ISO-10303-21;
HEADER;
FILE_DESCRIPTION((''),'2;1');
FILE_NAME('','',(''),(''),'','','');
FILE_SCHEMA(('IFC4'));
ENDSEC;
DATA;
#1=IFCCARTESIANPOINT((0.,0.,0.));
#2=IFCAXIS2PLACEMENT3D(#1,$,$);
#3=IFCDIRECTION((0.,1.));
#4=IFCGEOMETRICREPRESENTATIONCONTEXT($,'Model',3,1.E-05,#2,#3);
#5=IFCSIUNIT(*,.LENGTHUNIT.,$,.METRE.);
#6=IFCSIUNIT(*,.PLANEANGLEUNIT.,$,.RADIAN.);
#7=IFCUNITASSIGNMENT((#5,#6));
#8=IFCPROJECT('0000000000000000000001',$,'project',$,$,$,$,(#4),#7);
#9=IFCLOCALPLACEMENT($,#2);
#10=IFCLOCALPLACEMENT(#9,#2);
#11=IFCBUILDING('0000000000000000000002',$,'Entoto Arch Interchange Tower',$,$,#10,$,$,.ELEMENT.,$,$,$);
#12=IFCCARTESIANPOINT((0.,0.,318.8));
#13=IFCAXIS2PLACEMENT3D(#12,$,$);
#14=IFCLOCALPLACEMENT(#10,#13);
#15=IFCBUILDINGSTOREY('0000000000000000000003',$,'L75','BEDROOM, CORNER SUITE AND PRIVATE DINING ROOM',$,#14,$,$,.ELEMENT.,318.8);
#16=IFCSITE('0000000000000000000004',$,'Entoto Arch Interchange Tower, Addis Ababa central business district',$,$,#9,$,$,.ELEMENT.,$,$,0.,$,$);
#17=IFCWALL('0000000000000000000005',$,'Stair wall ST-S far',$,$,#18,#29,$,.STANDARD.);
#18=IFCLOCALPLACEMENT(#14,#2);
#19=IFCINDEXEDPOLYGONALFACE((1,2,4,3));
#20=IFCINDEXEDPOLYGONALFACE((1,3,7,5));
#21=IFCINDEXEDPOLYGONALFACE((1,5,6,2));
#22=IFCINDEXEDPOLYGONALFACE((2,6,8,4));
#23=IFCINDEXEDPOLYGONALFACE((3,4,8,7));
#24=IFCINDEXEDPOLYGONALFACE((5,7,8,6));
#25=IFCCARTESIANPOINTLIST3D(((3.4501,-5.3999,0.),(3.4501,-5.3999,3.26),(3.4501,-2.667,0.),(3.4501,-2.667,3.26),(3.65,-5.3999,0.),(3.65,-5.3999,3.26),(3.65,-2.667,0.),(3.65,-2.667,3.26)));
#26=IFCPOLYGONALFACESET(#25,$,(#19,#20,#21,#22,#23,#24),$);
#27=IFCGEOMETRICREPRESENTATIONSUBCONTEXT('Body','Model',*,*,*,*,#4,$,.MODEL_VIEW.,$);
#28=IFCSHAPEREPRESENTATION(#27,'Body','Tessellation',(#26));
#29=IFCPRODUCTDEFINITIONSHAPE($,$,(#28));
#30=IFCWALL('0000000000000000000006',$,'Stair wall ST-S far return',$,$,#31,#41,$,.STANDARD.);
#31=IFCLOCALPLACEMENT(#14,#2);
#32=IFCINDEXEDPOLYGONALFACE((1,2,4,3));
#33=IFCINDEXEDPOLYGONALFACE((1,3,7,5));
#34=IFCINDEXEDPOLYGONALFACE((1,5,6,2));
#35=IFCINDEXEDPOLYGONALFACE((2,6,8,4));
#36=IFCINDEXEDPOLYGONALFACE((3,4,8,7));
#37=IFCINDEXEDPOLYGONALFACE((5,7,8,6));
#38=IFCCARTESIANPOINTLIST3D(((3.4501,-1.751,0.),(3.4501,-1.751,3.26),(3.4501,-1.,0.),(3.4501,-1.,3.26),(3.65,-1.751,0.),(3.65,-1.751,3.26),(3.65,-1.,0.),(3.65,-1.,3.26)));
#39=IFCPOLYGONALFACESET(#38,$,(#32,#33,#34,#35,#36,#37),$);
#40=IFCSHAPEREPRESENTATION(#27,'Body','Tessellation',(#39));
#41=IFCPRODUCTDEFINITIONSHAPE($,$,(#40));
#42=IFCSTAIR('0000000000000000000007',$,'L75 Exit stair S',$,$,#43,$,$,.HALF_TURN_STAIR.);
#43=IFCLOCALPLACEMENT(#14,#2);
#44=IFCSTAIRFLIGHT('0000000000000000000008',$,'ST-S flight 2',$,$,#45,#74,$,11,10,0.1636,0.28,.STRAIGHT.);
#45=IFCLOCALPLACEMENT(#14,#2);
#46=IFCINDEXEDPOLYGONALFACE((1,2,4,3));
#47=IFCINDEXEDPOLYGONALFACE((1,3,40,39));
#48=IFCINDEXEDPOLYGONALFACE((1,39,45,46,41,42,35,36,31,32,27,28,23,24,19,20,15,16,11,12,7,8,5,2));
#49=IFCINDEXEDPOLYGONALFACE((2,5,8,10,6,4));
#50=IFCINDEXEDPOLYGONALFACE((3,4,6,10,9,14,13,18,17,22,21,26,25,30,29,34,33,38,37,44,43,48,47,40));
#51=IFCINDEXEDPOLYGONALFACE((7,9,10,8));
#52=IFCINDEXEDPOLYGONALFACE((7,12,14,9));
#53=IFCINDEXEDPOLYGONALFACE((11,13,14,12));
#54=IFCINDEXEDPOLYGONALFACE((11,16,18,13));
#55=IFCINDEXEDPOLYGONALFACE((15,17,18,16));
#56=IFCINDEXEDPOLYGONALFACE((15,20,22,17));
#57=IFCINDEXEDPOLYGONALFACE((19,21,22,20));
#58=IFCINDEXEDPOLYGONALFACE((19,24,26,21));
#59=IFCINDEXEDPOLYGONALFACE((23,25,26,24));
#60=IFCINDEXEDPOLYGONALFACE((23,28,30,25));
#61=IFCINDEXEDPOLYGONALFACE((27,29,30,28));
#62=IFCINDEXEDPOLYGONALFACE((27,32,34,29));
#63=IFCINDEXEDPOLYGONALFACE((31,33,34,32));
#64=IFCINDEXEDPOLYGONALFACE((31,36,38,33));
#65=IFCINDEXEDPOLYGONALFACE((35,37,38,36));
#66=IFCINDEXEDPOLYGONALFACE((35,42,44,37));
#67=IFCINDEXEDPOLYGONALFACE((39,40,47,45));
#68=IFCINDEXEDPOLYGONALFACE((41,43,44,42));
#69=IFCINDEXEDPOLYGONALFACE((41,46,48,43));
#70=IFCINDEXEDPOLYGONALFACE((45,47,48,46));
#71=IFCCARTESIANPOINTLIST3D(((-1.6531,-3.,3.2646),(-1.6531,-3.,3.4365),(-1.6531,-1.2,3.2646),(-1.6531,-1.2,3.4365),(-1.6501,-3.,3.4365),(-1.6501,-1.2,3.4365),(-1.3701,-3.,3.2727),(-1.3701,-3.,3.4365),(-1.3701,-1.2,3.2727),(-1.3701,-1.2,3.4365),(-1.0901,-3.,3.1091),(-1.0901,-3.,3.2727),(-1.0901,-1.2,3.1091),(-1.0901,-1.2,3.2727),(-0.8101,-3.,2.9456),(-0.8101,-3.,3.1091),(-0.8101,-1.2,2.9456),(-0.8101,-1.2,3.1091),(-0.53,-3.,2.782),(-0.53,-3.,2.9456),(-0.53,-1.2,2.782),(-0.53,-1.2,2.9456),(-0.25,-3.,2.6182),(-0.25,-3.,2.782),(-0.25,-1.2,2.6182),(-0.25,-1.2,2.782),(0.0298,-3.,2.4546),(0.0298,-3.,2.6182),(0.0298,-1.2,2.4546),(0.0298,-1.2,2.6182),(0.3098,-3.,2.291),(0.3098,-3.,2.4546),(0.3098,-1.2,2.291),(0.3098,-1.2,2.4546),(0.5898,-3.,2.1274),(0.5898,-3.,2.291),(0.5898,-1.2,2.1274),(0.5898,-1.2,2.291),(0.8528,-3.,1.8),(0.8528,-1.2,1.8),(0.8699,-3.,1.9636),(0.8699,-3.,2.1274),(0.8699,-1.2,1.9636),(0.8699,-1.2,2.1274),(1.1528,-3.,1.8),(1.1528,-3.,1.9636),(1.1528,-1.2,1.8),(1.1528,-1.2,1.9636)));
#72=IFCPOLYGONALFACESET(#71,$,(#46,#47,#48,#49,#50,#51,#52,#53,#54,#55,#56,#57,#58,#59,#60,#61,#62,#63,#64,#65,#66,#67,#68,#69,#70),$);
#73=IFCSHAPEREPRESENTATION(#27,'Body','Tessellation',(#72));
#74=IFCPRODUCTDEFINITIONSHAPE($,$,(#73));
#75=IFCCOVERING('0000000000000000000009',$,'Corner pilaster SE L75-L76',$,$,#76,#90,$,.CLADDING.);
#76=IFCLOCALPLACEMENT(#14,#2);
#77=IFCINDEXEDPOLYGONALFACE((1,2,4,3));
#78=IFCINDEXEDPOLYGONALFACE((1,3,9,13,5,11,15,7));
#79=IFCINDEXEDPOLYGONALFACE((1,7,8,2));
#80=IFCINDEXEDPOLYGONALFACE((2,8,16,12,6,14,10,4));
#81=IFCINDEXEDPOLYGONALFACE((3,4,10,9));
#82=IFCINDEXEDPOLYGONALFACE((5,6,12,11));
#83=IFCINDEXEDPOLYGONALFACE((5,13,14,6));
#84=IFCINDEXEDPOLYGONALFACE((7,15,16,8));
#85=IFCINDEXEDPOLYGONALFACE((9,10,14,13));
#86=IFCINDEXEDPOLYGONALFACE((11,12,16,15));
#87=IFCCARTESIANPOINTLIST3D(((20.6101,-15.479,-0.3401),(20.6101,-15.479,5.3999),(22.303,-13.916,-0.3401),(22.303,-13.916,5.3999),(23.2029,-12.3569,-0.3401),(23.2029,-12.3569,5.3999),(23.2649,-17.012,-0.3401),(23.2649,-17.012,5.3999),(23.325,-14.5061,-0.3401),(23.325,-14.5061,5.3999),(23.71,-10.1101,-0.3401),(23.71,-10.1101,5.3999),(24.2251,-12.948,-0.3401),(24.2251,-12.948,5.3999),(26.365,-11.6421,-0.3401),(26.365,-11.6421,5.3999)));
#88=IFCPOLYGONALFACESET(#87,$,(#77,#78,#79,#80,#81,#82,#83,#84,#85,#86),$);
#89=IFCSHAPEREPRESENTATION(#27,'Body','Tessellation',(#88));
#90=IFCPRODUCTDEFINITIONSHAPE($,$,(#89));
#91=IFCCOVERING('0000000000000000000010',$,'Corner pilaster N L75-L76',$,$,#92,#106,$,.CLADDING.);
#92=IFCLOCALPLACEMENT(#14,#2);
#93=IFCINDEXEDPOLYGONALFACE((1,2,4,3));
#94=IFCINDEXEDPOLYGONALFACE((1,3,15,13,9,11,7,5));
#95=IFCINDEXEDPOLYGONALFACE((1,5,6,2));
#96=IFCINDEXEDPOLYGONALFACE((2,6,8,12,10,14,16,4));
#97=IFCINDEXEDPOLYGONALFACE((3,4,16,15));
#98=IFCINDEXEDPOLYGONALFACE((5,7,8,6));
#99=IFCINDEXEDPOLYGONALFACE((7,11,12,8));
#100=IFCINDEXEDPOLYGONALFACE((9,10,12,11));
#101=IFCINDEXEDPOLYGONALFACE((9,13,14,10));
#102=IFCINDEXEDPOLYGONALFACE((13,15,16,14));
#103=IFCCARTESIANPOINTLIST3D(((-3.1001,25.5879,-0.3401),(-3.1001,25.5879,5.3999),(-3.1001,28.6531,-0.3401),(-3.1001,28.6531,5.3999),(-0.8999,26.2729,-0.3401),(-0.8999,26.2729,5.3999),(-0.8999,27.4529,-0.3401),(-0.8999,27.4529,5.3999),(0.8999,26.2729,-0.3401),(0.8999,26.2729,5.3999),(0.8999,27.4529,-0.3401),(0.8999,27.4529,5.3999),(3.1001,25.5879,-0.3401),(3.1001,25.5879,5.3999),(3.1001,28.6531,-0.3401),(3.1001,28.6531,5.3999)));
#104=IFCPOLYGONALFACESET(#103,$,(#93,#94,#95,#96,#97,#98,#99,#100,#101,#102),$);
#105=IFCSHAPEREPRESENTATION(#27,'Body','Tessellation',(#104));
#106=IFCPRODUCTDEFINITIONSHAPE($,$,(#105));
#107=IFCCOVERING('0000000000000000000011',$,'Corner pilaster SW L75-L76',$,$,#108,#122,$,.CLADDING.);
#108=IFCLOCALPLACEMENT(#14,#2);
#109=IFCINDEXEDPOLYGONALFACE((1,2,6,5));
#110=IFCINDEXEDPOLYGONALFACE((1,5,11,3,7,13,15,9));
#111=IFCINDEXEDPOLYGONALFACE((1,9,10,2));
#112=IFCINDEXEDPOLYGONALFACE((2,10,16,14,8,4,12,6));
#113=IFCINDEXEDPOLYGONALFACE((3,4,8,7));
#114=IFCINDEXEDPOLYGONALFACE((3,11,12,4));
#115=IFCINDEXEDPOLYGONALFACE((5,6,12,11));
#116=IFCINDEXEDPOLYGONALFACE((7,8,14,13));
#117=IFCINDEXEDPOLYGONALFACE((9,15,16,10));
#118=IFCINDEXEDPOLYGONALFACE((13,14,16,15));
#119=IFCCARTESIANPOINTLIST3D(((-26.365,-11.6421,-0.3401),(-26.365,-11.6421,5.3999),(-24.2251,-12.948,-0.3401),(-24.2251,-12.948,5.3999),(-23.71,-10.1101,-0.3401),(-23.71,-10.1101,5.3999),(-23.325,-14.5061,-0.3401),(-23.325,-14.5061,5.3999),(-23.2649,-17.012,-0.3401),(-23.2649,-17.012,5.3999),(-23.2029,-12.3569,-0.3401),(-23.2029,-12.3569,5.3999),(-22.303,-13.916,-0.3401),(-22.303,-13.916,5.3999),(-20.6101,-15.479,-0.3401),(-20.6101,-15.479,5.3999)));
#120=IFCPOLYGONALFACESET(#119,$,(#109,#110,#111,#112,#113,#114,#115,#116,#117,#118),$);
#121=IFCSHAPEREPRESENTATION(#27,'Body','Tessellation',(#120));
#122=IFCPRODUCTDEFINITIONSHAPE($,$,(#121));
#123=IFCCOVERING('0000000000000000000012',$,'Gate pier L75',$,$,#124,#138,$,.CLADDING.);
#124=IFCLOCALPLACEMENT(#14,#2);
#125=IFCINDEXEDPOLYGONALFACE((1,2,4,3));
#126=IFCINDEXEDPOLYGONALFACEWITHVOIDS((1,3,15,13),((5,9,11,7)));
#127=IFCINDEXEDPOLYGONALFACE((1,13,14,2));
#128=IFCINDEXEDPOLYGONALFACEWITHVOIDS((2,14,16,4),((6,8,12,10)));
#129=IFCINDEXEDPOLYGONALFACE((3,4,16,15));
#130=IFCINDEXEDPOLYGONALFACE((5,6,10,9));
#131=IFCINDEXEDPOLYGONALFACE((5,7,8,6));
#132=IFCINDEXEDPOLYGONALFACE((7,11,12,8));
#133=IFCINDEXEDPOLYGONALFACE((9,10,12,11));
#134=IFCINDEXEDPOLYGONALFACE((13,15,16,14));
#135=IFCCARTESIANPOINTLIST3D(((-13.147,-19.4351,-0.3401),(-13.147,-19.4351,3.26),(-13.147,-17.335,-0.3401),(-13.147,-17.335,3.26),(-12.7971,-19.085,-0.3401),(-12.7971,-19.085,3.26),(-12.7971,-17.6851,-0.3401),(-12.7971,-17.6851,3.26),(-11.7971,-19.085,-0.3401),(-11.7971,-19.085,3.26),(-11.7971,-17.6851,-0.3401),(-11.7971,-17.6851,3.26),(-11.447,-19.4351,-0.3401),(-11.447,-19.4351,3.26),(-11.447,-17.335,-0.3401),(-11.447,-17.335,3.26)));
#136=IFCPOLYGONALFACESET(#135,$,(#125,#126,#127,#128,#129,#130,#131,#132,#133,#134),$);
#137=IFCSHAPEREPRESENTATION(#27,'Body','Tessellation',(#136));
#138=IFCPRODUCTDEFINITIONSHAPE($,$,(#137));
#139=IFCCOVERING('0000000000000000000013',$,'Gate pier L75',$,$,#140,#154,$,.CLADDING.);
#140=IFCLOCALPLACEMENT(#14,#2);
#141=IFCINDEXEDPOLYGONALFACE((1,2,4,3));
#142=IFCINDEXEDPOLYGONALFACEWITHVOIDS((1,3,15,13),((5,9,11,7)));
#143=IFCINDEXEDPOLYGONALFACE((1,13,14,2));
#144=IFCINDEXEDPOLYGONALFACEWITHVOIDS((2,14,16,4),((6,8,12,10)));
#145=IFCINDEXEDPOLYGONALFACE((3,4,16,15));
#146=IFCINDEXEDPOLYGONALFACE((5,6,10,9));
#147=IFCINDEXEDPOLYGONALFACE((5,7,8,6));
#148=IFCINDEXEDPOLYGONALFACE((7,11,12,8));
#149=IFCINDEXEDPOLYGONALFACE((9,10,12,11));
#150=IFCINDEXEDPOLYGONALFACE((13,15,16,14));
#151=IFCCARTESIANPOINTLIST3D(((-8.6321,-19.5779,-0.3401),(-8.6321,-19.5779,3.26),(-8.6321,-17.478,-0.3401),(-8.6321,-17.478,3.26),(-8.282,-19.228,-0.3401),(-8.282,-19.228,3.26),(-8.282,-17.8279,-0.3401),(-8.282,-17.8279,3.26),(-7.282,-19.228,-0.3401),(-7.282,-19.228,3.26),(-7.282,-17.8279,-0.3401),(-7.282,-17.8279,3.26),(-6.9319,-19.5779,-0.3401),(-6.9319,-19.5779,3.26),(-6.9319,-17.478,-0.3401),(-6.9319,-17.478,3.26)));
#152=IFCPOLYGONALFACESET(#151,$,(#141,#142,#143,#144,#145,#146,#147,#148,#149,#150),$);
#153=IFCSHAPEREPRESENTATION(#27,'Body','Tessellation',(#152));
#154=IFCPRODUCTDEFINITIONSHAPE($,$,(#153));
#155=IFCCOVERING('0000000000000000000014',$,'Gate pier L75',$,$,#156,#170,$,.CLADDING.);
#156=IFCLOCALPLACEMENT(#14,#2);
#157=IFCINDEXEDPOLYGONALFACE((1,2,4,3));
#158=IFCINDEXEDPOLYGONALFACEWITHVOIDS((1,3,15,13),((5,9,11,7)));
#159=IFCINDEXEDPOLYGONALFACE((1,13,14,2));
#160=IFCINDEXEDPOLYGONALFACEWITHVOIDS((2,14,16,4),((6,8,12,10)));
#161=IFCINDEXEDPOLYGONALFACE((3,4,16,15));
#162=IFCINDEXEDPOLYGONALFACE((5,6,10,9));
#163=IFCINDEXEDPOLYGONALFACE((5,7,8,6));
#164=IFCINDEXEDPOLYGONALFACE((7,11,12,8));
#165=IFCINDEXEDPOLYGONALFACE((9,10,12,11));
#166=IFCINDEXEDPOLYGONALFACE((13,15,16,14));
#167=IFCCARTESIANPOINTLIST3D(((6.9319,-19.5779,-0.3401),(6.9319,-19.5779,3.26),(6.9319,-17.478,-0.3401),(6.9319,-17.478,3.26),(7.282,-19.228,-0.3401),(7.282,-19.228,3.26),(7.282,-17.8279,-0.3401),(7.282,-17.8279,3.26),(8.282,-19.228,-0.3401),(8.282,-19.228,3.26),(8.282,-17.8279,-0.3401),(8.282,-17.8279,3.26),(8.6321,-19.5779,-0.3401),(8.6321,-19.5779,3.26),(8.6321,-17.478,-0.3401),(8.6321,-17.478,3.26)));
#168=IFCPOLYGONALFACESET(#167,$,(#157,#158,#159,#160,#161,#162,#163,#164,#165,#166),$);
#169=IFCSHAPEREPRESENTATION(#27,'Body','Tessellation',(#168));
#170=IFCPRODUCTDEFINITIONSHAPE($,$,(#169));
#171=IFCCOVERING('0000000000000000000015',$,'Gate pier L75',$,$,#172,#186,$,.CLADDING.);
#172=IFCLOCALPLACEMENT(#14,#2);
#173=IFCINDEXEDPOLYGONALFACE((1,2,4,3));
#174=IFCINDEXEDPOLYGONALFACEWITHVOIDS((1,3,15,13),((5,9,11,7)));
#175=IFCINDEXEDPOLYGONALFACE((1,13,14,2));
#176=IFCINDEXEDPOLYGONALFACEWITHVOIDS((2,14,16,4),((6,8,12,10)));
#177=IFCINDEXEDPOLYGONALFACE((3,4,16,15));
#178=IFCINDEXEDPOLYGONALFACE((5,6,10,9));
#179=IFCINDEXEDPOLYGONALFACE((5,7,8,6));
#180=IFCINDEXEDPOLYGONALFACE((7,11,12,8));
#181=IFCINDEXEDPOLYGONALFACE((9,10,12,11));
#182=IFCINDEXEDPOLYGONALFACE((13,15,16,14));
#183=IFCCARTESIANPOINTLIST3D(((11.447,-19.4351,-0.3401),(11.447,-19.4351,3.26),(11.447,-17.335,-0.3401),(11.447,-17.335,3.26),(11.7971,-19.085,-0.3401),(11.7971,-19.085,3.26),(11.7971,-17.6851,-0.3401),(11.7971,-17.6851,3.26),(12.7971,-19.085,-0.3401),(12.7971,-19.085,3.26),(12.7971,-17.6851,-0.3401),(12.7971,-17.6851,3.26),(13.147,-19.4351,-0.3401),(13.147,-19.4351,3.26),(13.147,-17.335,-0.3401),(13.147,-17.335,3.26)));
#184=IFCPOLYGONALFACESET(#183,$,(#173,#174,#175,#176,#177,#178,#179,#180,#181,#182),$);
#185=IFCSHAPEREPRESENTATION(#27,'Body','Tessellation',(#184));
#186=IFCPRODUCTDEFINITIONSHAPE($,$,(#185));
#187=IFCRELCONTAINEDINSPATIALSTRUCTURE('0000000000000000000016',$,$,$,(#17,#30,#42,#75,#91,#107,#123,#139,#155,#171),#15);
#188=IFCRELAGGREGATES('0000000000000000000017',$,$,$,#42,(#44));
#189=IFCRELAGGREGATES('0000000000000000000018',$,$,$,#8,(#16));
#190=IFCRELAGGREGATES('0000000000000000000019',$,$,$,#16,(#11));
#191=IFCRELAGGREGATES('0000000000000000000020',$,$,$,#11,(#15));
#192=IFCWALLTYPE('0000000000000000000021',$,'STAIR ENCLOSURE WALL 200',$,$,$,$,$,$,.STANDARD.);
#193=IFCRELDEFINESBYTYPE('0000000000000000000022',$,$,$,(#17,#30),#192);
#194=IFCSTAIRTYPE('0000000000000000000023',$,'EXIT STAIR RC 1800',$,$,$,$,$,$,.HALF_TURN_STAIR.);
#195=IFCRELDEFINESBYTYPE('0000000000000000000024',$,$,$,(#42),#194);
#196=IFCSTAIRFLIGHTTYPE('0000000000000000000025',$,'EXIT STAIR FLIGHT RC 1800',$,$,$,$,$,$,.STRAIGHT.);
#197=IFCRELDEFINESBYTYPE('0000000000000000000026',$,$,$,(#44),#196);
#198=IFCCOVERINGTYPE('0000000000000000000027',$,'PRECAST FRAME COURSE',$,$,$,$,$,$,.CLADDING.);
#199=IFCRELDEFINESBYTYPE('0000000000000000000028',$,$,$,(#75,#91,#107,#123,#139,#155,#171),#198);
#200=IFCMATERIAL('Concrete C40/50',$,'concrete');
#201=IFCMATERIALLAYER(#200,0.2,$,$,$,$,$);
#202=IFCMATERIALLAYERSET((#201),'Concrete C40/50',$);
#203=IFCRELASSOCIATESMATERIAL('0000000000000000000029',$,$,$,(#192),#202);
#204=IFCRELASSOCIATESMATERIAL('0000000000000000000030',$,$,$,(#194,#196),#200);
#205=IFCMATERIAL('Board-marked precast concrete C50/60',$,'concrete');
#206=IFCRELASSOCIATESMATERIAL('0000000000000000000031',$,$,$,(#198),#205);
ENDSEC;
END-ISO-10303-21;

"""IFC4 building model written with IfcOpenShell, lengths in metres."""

from ifc_helpers import new_model, si_unit, direction, frame, frame_2d, origin, place, context, subcontext, project, spatial, polyline, rectangle, outline, extrude, material, layer, layer_set, type_object, element, aggregate, save


model = new_model("IFC4")

# Units and contexts
model_context = context("Model", 3, precision=1e-05, world=origin(), true_north=direction((0.0, 1.0)))
body_context = subcontext(model_context, "Body", "Model", "MODEL_VIEW")
ifc_project = project(units=[si_unit("LENGTHUNIT", "METRE"), si_unit("PLANEANGLEUNIT", "RADIAN")], contexts=[model_context])

# Site, building, storey
site_placement = place(None, origin())
site = spatial("IfcSite", under=ifc_project, at=site_placement, Name="Entoto Arch Interchange Tower, Addis Ababa central business district", CompositionType="ELEMENT", RefElevation=0.0)
building_placement = place(site_placement, origin())
building = spatial("IfcBuilding", under=site, at=building_placement, Name="Entoto Arch Interchange Tower", CompositionType="ELEMENT")
storey_placement = place(building_placement, frame((0.0, 0.0, 318.8)))
storey = spatial("IfcBuildingStorey", under=building, at=storey_placement, Name="L75", Description="BEDROOM, CORNER SUITE AND PRIVATE DINING ROOM", CompositionType="ELEMENT", Elevation=318.8)

# Shared definitions
ifc_material_1 = material(Name="Board-marked precast concrete C50/60", Category="concrete")
ifc_material_2 = material(Name="Concrete C40/50", Category="concrete")

# Walls
ifc_layer_1 = layer(ifc_material_2, 0.2)
ifc_layer_set_1 = layer_set([ifc_layer_1], Name="Concrete C40/50")
wall_type_1 = type_object("IfcWallType", Name="STAIR ENCLOSURE WALL 200", PredefinedType="STANDARD", material=ifc_layer_set_1)
wall_1_placement = place(storey_placement, frame((3.55, -2.667, 0.0), z_axis=(0.0, 0.0, 1.0), x_axis=(0.0, -1.0, 0.0)))
element("IfcWall", 1, at=wall_1_placement, inside=storey, type_object=wall_type_1, Name="Stair wall ST-S far", PredefinedType="STANDARD", context=body_context, shape_type="SweptSolid", body=[
    extrude(rectangle(XDim=2.7329, YDim=0.2, at=frame_2d((1.3665, 0.0))), origin(), (0.0, 0.0, 1.0), 3.26),
])
wall_2_placement = place(storey_placement, frame((3.55, -1.0, 0.0), z_axis=(0.0, 0.0, 1.0), x_axis=(0.0, -1.0, 0.0)))
element("IfcWall", 2, at=wall_2_placement, inside=storey, type_object=wall_type_1, Name="Stair wall ST-S far return", PredefinedType="STANDARD", context=body_context, shape_type="SweptSolid", body=[
    extrude(rectangle(XDim=0.751, YDim=0.2, at=frame_2d((0.3755, 0.0))), origin(), (0.0, 0.0, 1.0), 3.26),
])

# Stair, stair flight
stair_type = type_object("IfcStairType", Name="EXIT STAIR RC 1800", PredefinedType="HALF_TURN_STAIR", material=ifc_material_2)
stair_placement = place(storey_placement, origin())
stair = element("IfcStair", 3, at=stair_placement, inside=storey, type_object=stair_type, Name="L75 Exit stair S", PredefinedType="HALF_TURN_STAIR")
stair_flight_type = type_object("IfcStairFlightType", Name="EXIT STAIR FLIGHT RC 1800", PredefinedType="STRAIGHT", material=ifc_material_2)
stair_flight_placement = place(storey_placement, frame((1.1499, -2.1001, 1.8), z_axis=(0.0, 0.0, 1.0), x_axis=(-1.0, 0.0, 0.0)))
stair_flight = element("IfcStairFlight", 4, at=stair_flight_placement, type_object=stair_flight_type, Name="ST-S flight 2", NumberOfRisers=11, NumberOfTreads=10, PredefinedType="STRAIGHT", RiserHeight=0.1636, TreadLength=0.28, context=body_context, shape_type="SweptSolid", body=[
    extrude(outline(polyline([(-0.0029, 0.0), (-0.0029, 0.1636), (0.28, 0.1636), (0.28, 0.3274), (0.5601, 0.3274), (0.5601, 0.491), (0.8401, 0.491), (0.8401, 0.6545), (1.1201, 0.6545), (1.1201, 0.8181), (1.3999, 0.8181), (1.3999, 0.9819), (1.6799, 0.9819), (1.6799, 1.1455), (1.96, 1.1455), (1.96, 1.3091), (2.24, 1.3091), (2.24, 1.4727), (2.52, 1.4727), (2.52, 1.6365), (2.8, 1.6365), (2.803, 1.6365), (2.803, 1.4646), (0.2971, 0.0), (-0.0029, 0.0)])), frame((0.0, 0.8999, 0.0), z_axis=(0.0, -1.0, 0.0), x_axis=(1.0, 0.0, 0.0)), (0.0, 0.0, 1.0), 1.8),
])
aggregate(stair, [stair_flight])

# Coverings
covering_type_1 = type_object("IfcCoveringType", Name="PRECAST FRAME COURSE", PredefinedType="CLADDING", material=ifc_material_1)
covering_1_placement = place(storey_placement, frame((0.0, 0.0, -0.3401)))
element("IfcCovering", 5, at=covering_1_placement, inside=storey, type_object=covering_type_1, Name="Corner pilaster SE L75-L76", PredefinedType="CLADDING", context=body_context, shape_type="SweptSolid", body=[
    extrude(outline(polyline([(26.365, -11.6421), (23.2649, -17.012), (20.6101, -15.479), (22.303, -13.916), (23.325, -14.5061), (24.2251, -12.948), (23.2029, -12.3569), (23.71, -10.1101), (26.365, -11.6421)])), origin(), (0.0, 0.0, 1.0), 5.74),
])
covering_2_placement = place(storey_placement, frame((0.0, 0.0, -0.3401)))
element("IfcCovering", 6, at=covering_2_placement, inside=storey, type_object=covering_type_1, Name="Corner pilaster N L75-L76", PredefinedType="CLADDING", context=body_context, shape_type="SweptSolid", body=[
    extrude(outline(polyline([(-3.1001, 28.6531), (3.1001, 28.6531), (3.1001, 25.5879), (0.8999, 26.2729), (0.8999, 27.4529), (-0.8999, 27.4529), (-0.8999, 26.2729), (-3.1001, 25.5879), (-3.1001, 28.6531)])), origin(), (0.0, 0.0, 1.0), 5.74),
])
covering_3_placement = place(storey_placement, frame((0.0, 0.0, -0.3401)))
element("IfcCovering", 7, at=covering_3_placement, inside=storey, type_object=covering_type_1, Name="Corner pilaster SW L75-L76", PredefinedType="CLADDING", context=body_context, shape_type="SweptSolid", body=[
    extrude(outline(polyline([(-23.2649, -17.012), (-26.365, -11.6421), (-23.71, -10.1101), (-23.2029, -12.3569), (-24.2251, -12.948), (-23.325, -14.5061), (-22.303, -13.916), (-20.6101, -15.479), (-23.2649, -17.012)])), origin(), (0.0, 0.0, 1.0), 5.74),
])
covering_4_placement = place(storey_placement, frame((0.0, 0.0, -0.3401)))
element("IfcCovering", 8, at=covering_4_placement, inside=storey, type_object=covering_type_1, Name="Gate pier L75", PredefinedType="CLADDING", context=body_context, shape_type="SweptSolid", body=[
    extrude(outline(polyline([(-13.147, -17.335), (-11.447, -17.335), (-11.447, -19.4351), (-13.147, -19.4351), (-13.147, -17.335)]), holes=[polyline([(-12.7971, -17.6851), (-12.7971, -19.085), (-11.7971, -19.085), (-11.7971, -17.6851), (-12.7971, -17.6851)])]), origin(), (0.0, 0.0, 1.0), 3.6001),
])
covering_5_placement = place(storey_placement, frame((0.0, 0.0, -0.3401)))
element("IfcCovering", 9, at=covering_5_placement, inside=storey, type_object=covering_type_1, Name="Gate pier L75", PredefinedType="CLADDING", context=body_context, shape_type="SweptSolid", body=[
    extrude(outline(polyline([(-8.6321, -17.478), (-6.9319, -17.478), (-6.9319, -19.5779), (-8.6321, -19.5779), (-8.6321, -17.478)]), holes=[polyline([(-8.282, -17.8279), (-8.282, -19.228), (-7.282, -19.228), (-7.282, -17.8279), (-8.282, -17.8279)])]), origin(), (0.0, 0.0, 1.0), 3.6001),
])
covering_6_placement = place(storey_placement, frame((0.0, 0.0, -0.3401)))
element("IfcCovering", 10, at=covering_6_placement, inside=storey, type_object=covering_type_1, Name="Gate pier L75", PredefinedType="CLADDING", context=body_context, shape_type="SweptSolid", body=[
    extrude(outline(polyline([(6.9319, -17.478), (8.6321, -17.478), (8.6321, -19.5779), (6.9319, -19.5779), (6.9319, -17.478)]), holes=[polyline([(7.282, -17.8279), (7.282, -19.228), (8.282, -19.228), (8.282, -17.8279), (7.282, -17.8279)])]), origin(), (0.0, 0.0, 1.0), 3.6001),
])
covering_7_placement = place(storey_placement, frame((0.0, 0.0, -0.3401)))
element("IfcCovering", 11, at=covering_7_placement, inside=storey, type_object=covering_type_1, Name="Gate pier L75", PredefinedType="CLADDING", context=body_context, shape_type="SweptSolid", body=[
    extrude(outline(polyline([(11.447, -17.335), (13.147, -17.335), (13.147, -19.4351), (11.447, -19.4351), (11.447, -17.335)]), holes=[polyline([(11.7971, -17.6851), (11.7971, -19.085), (12.7971, -19.085), (12.7971, -17.6851), (11.7971, -17.6851)])]), origin(), (0.0, 0.0, 1.0), 3.6001),
])

save(model, "model.ifc")
